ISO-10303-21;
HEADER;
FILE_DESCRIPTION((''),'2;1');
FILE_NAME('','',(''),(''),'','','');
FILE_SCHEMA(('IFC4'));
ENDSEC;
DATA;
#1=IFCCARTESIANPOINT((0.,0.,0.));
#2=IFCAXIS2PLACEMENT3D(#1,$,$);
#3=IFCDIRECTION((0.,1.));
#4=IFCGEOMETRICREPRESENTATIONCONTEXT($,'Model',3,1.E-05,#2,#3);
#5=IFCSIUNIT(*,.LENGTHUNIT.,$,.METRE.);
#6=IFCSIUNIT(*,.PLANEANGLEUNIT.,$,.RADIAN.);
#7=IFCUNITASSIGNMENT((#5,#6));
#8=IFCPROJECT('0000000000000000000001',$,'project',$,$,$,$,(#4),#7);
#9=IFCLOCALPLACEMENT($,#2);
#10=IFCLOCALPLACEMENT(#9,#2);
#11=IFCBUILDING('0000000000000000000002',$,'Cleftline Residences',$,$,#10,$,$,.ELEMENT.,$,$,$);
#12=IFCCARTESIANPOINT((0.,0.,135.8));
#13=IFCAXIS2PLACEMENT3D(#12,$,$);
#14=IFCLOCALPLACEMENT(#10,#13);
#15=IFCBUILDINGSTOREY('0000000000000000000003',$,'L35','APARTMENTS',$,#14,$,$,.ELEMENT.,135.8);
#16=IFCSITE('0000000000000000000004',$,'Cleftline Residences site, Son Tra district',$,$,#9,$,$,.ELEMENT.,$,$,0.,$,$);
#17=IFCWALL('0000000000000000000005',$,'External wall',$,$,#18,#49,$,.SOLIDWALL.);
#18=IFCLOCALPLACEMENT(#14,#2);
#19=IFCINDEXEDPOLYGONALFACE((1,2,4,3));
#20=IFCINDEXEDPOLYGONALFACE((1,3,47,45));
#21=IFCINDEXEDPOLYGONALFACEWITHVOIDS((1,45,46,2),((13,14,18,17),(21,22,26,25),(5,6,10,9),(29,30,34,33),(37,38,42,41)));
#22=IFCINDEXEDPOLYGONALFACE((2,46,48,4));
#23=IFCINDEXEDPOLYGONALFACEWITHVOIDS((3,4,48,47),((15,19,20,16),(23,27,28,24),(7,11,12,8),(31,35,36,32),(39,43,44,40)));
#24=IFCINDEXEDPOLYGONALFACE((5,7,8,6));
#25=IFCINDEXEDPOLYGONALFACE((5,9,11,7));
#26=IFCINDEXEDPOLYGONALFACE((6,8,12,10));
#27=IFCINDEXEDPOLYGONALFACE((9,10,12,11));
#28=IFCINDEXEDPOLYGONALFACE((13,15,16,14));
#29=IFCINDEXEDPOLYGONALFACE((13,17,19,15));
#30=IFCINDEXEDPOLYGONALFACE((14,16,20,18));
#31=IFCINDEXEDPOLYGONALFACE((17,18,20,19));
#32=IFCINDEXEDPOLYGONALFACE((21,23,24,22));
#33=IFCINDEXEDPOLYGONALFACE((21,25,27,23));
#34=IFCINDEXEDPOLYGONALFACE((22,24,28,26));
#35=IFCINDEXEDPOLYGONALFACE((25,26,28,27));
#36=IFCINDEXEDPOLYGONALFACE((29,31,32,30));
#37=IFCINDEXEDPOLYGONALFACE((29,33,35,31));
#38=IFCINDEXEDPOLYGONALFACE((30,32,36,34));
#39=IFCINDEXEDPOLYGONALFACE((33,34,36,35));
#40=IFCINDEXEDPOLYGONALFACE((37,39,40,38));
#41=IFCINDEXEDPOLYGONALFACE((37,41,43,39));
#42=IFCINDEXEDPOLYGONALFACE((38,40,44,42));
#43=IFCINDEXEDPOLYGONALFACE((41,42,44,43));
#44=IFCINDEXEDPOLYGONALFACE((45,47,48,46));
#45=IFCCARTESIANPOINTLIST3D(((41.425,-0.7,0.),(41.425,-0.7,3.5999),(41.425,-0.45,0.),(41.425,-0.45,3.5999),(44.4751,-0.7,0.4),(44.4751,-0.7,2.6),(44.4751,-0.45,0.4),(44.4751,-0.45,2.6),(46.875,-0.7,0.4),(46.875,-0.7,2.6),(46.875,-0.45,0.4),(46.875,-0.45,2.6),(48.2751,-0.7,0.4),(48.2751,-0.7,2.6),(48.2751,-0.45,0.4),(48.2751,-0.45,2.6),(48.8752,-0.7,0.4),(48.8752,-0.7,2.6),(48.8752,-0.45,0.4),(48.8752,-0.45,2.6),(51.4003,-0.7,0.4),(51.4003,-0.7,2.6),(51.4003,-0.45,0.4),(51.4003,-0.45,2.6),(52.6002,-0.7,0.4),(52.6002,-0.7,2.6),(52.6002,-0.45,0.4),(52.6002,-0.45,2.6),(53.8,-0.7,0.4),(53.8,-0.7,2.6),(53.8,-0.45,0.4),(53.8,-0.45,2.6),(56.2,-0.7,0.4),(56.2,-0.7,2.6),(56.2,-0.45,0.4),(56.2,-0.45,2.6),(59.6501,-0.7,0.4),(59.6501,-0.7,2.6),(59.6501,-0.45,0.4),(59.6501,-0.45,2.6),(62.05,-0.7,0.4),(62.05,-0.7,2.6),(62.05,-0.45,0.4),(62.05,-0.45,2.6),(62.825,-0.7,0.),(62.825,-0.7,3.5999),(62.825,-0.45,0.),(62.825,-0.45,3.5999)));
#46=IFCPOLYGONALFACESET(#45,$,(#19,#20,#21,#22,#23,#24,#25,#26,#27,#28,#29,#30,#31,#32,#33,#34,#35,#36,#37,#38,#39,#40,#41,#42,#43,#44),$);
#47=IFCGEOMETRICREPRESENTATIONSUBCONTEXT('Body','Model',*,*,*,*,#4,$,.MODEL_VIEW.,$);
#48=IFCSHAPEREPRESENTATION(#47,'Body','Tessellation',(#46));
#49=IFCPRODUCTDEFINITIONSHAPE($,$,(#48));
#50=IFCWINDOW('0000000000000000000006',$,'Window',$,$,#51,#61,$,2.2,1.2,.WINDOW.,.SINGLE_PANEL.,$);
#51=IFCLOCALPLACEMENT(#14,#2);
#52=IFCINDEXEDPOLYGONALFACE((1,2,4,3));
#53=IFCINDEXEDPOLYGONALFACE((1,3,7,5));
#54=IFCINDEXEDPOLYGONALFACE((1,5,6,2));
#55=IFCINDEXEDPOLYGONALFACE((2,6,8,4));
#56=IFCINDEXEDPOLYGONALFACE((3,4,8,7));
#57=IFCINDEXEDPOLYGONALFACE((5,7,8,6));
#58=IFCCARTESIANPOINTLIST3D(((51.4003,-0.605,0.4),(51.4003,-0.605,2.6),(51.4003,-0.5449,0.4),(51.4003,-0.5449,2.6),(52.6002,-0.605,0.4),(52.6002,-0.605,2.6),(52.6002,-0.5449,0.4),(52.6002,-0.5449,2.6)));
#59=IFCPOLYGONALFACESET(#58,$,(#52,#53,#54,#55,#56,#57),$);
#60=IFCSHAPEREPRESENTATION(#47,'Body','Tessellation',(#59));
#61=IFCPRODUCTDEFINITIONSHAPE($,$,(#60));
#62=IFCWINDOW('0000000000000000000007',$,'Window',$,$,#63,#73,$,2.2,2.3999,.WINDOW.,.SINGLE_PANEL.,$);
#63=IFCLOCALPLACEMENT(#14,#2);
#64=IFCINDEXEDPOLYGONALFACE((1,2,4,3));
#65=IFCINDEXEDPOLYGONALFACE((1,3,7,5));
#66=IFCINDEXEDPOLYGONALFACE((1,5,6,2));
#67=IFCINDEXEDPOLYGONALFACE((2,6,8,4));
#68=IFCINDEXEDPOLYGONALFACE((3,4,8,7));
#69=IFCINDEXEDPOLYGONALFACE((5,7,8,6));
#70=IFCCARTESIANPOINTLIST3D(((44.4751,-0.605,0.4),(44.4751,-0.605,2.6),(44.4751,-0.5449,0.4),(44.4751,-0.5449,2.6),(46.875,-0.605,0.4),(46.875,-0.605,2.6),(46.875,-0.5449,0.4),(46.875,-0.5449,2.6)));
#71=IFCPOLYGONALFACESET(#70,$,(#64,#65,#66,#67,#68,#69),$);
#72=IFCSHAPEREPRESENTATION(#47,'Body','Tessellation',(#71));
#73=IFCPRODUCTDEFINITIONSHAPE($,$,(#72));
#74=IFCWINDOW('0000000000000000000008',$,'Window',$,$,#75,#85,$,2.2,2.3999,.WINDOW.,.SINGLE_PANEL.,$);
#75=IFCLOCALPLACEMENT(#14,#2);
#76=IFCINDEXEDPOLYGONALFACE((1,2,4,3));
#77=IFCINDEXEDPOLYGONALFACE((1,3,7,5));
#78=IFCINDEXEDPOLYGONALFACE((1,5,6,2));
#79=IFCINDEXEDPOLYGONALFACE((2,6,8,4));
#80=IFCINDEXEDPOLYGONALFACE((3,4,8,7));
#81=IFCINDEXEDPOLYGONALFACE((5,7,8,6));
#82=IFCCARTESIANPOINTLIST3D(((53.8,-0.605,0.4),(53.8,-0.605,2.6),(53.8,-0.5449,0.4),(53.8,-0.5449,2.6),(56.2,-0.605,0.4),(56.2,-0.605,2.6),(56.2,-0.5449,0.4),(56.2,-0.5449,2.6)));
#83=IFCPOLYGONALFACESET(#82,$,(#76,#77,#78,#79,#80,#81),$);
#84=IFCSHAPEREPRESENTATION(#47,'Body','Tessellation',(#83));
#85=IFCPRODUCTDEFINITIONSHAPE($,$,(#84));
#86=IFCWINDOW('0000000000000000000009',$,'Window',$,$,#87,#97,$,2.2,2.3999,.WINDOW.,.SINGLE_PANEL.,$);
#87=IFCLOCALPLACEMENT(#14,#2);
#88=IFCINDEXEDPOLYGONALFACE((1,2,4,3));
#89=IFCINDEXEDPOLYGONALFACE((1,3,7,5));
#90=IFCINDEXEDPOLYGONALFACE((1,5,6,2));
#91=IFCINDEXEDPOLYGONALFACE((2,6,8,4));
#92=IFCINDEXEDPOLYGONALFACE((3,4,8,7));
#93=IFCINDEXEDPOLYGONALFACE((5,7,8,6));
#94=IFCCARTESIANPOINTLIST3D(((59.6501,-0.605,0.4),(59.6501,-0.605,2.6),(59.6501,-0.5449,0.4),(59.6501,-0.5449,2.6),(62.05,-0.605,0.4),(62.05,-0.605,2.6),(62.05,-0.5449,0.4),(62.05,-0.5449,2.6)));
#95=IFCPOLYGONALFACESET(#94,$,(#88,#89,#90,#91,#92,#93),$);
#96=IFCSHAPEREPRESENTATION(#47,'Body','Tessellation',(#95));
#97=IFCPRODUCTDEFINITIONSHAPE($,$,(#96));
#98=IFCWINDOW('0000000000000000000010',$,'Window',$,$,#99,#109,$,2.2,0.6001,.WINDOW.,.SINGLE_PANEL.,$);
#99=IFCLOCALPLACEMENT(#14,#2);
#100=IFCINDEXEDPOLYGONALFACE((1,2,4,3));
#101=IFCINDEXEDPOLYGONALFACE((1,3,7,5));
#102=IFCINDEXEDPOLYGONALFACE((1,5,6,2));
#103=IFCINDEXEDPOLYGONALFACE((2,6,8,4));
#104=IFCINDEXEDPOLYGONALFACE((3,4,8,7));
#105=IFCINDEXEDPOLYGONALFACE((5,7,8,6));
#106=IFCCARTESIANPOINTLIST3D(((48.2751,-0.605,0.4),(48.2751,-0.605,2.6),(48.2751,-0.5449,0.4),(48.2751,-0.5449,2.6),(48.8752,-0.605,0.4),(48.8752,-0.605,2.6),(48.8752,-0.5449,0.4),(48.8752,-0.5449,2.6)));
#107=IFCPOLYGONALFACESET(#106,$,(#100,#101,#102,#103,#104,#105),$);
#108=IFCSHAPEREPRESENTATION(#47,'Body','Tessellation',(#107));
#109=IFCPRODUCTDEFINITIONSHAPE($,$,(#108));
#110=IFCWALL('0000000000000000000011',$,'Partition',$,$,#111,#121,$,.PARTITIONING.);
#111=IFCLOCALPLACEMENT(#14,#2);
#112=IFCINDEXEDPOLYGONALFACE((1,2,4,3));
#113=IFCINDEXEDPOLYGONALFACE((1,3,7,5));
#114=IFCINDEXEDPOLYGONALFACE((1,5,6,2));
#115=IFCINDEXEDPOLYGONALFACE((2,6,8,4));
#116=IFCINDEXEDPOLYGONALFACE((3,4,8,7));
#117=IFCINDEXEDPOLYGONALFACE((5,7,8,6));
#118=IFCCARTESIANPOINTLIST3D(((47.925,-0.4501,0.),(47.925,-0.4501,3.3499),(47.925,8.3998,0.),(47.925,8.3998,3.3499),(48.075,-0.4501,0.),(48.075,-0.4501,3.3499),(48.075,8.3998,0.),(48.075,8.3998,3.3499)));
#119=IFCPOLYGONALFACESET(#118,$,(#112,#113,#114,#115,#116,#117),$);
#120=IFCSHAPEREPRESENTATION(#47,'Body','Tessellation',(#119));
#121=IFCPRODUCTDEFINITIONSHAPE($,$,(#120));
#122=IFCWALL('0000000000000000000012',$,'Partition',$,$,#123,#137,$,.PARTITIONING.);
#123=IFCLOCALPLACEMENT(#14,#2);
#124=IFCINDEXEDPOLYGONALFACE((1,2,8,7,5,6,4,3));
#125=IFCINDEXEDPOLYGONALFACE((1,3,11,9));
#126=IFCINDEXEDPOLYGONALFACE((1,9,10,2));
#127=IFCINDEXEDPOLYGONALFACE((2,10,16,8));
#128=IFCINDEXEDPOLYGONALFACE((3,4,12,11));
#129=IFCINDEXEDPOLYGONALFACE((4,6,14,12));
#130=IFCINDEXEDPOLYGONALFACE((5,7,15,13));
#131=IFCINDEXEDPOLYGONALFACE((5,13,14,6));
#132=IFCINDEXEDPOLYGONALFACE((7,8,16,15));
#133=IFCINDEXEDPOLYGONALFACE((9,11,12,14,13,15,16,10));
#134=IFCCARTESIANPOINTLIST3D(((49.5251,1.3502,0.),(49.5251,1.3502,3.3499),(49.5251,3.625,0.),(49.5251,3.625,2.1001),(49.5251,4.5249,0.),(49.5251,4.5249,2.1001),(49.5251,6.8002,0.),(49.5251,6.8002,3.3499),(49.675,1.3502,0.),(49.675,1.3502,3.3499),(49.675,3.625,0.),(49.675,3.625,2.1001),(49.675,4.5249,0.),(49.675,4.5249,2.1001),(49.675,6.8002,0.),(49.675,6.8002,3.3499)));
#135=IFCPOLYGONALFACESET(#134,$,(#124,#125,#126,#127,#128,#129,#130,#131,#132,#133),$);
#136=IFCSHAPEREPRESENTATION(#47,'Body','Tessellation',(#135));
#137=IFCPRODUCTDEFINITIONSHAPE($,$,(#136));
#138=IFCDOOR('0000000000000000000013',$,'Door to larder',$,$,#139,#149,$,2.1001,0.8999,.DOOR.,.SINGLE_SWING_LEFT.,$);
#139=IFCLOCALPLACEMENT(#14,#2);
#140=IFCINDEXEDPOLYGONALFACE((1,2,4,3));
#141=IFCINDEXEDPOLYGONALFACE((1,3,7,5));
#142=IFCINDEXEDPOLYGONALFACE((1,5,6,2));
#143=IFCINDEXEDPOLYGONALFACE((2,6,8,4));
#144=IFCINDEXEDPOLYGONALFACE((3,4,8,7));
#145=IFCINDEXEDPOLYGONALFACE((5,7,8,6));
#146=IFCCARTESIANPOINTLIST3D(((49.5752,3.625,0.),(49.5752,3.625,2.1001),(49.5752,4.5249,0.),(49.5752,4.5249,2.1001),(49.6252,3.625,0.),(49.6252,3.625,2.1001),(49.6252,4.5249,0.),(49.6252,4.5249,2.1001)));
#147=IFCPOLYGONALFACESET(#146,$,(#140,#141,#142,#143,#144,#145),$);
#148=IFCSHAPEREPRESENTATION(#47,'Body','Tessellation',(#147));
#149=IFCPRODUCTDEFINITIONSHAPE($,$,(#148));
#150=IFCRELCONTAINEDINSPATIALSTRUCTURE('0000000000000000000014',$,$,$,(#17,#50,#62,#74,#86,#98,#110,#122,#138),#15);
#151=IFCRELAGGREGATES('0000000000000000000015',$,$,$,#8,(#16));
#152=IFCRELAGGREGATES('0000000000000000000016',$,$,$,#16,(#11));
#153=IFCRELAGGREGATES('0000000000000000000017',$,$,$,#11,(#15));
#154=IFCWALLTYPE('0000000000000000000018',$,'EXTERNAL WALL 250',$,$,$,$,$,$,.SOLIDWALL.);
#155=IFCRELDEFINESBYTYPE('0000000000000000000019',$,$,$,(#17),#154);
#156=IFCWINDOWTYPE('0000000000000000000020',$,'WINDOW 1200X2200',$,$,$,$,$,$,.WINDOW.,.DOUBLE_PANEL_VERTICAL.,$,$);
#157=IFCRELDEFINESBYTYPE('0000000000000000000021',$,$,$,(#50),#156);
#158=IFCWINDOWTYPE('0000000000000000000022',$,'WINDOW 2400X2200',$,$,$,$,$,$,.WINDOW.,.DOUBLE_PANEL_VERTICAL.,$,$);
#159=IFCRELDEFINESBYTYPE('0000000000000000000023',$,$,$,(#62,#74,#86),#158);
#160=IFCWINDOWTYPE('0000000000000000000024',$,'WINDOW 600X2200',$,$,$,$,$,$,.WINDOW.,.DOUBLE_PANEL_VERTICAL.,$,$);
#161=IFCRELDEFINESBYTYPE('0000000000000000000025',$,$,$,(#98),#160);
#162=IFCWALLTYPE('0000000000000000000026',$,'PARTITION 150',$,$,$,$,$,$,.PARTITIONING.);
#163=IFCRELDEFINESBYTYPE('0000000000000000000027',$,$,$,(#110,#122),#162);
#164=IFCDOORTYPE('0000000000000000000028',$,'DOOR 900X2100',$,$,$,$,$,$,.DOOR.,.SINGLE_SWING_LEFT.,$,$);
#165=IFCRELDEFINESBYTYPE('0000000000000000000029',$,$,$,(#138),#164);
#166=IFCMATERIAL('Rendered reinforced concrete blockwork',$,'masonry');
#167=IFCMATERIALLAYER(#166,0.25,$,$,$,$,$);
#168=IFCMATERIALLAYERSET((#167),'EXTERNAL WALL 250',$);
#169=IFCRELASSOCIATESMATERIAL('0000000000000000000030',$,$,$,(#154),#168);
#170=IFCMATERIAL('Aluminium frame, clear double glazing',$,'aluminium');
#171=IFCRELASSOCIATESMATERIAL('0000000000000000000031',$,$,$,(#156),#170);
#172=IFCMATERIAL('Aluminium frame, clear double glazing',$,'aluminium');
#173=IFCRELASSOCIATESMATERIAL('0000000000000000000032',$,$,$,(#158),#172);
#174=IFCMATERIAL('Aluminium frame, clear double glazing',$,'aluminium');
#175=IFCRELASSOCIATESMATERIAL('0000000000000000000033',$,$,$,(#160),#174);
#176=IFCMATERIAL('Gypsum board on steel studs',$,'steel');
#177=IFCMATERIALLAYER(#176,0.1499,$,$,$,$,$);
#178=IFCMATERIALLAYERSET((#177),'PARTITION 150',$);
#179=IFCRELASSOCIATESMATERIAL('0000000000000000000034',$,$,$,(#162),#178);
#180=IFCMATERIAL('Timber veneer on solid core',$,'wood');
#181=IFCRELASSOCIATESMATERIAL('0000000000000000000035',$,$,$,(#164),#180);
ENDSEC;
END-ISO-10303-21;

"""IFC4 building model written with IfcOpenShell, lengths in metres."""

from ifc_helpers import new_model, si_unit, direction, frame, frame_2d, origin, place, context, subcontext, project, spatial, rectangle, extrude, material, layer, layer_set, type_object, element, fill, save


model = new_model("IFC4")

# Units and contexts
model_context = context("Model", 3, precision=1e-05, world=origin(), true_north=direction((0.0, 1.0)))
body_context = subcontext(model_context, "Body", "Model", "MODEL_VIEW")
ifc_project = project(units=[si_unit("LENGTHUNIT", "METRE"), si_unit("PLANEANGLEUNIT", "RADIAN")], contexts=[model_context])

# Site, building, storey
site_placement = place(None, origin())
site = spatial("IfcSite", under=ifc_project, at=site_placement, Name="Cleftline Residences site, Son Tra district", CompositionType="ELEMENT", RefElevation=0.0)
building_placement = place(site_placement, origin())
building = spatial("IfcBuilding", under=site, at=building_placement, Name="Cleftline Residences", CompositionType="ELEMENT")
storey_placement = place(building_placement, frame((0.0, 0.0, 135.8)))
storey = spatial("IfcBuildingStorey", under=building, at=storey_placement, Name="L35", Description="APARTMENTS", CompositionType="ELEMENT", Elevation=135.8)

# Wall, openings, windows
ifc_material_1 = material(Name="Rendered reinforced concrete blockwork", Category="masonry")
ifc_layer_1 = layer(ifc_material_1, 0.25)
ifc_layer_set_1 = layer_set([ifc_layer_1], Name="EXTERNAL WALL 250")
wall_type_1 = type_object("IfcWallType", Name="EXTERNAL WALL 250", PredefinedType="SOLIDWALL", material=ifc_layer_set_1)
wall_1_placement = place(storey_placement, frame((41.425, -0.575, 0.0), z_axis=(0.0, 0.0, 1.0), x_axis=(1.0, 0.0, 0.0)))
wall_1 = element("IfcWall", 1, at=wall_1_placement, inside=storey, type_object=wall_type_1, Name="External wall", PredefinedType="SOLIDWALL", context=body_context, shape_type="SweptSolid", body=[
    extrude(rectangle(XDim=21.3999, YDim=0.25, at=frame_2d((10.7, 0.0))), origin(), (0.0, 0.0, 1.0), 3.5999),
])
opening_1_placement = place(wall_1_placement, frame((3.05, 0.0, 0.3999)))
opening_1 = element("IfcOpeningElement", 2, at=opening_1_placement, cuts=wall_1, PredefinedType="OPENING", context=body_context, shape_type="SweptSolid", body=[
    extrude(rectangle(XDim=2.3999, YDim=2.2, at=frame_2d((1.2, 1.1001))), frame((0.0, 0.135, 0.0), z_axis=(0.0, -1.0, 0.0), x_axis=(1.0, 0.0, 0.0)), (0.0, 0.0, 1.0), 0.27),
])
opening_2_placement = place(wall_1_placement, frame((6.8501, 0.0, 0.3999)))
opening_2 = element("IfcOpeningElement", 3, at=opening_2_placement, cuts=wall_1, PredefinedType="OPENING", context=body_context, shape_type="SweptSolid", body=[
    extrude(rectangle(XDim=0.6001, YDim=2.2, at=frame_2d((0.3, 1.1001))), frame((0.0, 0.135, 0.0), z_axis=(0.0, -1.0, 0.0), x_axis=(1.0, 0.0, 0.0)), (0.0, 0.0, 1.0), 0.27),
])
opening_3_placement = place(wall_1_placement, frame((9.9751, 0.0, 0.3999)))
opening_3 = element("IfcOpeningElement", 4, at=opening_3_placement, cuts=wall_1, PredefinedType="OPENING", context=body_context, shape_type="SweptSolid", body=[
    extrude(rectangle(XDim=1.2, YDim=2.2, at=frame_2d((0.6001, 1.1001))), frame((0.0, 0.135, 0.0), z_axis=(0.0, -1.0, 0.0), x_axis=(1.0, 0.0, 0.0)), (0.0, 0.0, 1.0), 0.27),
])
opening_4_placement = place(wall_1_placement, frame((12.375, 0.0, 0.3999)))
opening_4 = element("IfcOpeningElement", 5, at=opening_4_placement, cuts=wall_1, PredefinedType="OPENING", context=body_context, shape_type="SweptSolid", body=[
    extrude(rectangle(XDim=2.3999, YDim=2.2, at=frame_2d((1.2, 1.1001))), frame((0.0, 0.135, 0.0), z_axis=(0.0, -1.0, 0.0), x_axis=(1.0, 0.0, 0.0)), (0.0, 0.0, 1.0), 0.27),
])
opening_5_placement = place(wall_1_placement, frame((18.2251, 0.0, 0.3999)))
opening_5 = element("IfcOpeningElement", 6, at=opening_5_placement, cuts=wall_1, PredefinedType="OPENING", context=body_context, shape_type="SweptSolid", body=[
    extrude(rectangle(XDim=2.3999, YDim=2.2, at=frame_2d((1.2, 1.1001))), frame((0.0, 0.135, 0.0), z_axis=(0.0, -1.0, 0.0), x_axis=(1.0, 0.0, 0.0)), (0.0, 0.0, 1.0), 0.27),
])
ifc_material_2 = material(Name="Aluminium frame, clear double glazing", Category="aluminium")
window_type_1 = type_object("IfcWindowType", Name="WINDOW 1200X2200", PartitioningType="DOUBLE_PANEL_VERTICAL", PredefinedType="WINDOW", material=ifc_material_2)
window_1_placement = place(opening_3_placement, origin())
window_1 = element("IfcWindow", 7, at=window_1_placement, inside=storey, type_object=window_type_1, Name="Window", OverallHeight=2.2, OverallWidth=1.2, PartitioningType="SINGLE_PANEL", PredefinedType="WINDOW", context=body_context, shape_type="SweptSolid", body=[
    extrude(rectangle(XDim=1.2, YDim=2.2, at=frame_2d((0.6001, 1.1001))), frame((0.0, 0.03, 0.0), z_axis=(0.0, -1.0, 0.0), x_axis=(1.0, 0.0, 0.0)), (0.0, 0.0, 1.0), 0.0601),
])
fill(opening_3, window_1)
ifc_material_3 = material(Name="Aluminium frame, clear double glazing", Category="aluminium")
window_type_2 = type_object("IfcWindowType", Name="WINDOW 2400X2200", PartitioningType="DOUBLE_PANEL_VERTICAL", PredefinedType="WINDOW", material=ifc_material_3)
window_2_placement = place(opening_1_placement, origin())
window_2 = element("IfcWindow", 8, at=window_2_placement, inside=storey, type_object=window_type_2, Name="Window", OverallHeight=2.2, OverallWidth=2.3999, PartitioningType="SINGLE_PANEL", PredefinedType="WINDOW", context=body_context, shape_type="SweptSolid", body=[
    extrude(rectangle(XDim=2.3999, YDim=2.2, at=frame_2d((1.2, 1.1001))), frame((0.0, 0.03, 0.0), z_axis=(0.0, -1.0, 0.0), x_axis=(1.0, 0.0, 0.0)), (0.0, 0.0, 1.0), 0.0601),
])
fill(opening_1, window_2)
window_3_placement = place(opening_4_placement, origin())
window_3 = element("IfcWindow", 9, at=window_3_placement, inside=storey, type_object=window_type_2, Name="Window", OverallHeight=2.2, OverallWidth=2.3999, PartitioningType="SINGLE_PANEL", PredefinedType="WINDOW", context=body_context, shape_type="SweptSolid", body=[
    extrude(rectangle(XDim=2.3999, YDim=2.2, at=frame_2d((1.2, 1.1001))), frame((0.0, 0.03, 0.0), z_axis=(0.0, -1.0, 0.0), x_axis=(1.0, 0.0, 0.0)), (0.0, 0.0, 1.0), 0.0601),
])
fill(opening_4, window_3)
window_4_placement = place(opening_5_placement, origin())
window_4 = element("IfcWindow", 10, at=window_4_placement, inside=storey, type_object=window_type_2, Name="Window", OverallHeight=2.2, OverallWidth=2.3999, PartitioningType="SINGLE_PANEL", PredefinedType="WINDOW", context=body_context, shape_type="SweptSolid", body=[
    extrude(rectangle(XDim=2.3999, YDim=2.2, at=frame_2d((1.2, 1.1001))), frame((0.0, 0.03, 0.0), z_axis=(0.0, -1.0, 0.0), x_axis=(1.0, 0.0, 0.0)), (0.0, 0.0, 1.0), 0.0601),
])
fill(opening_5, window_4)
ifc_material_4 = material(Name="Aluminium frame, clear double glazing", Category="aluminium")
window_type_3 = type_object("IfcWindowType", Name="WINDOW 600X2200", PartitioningType="DOUBLE_PANEL_VERTICAL", PredefinedType="WINDOW", material=ifc_material_4)
window_5_placement = place(opening_2_placement, origin())
window_5 = element("IfcWindow", 11, at=window_5_placement, inside=storey, type_object=window_type_3, Name="Window", OverallHeight=2.2, OverallWidth=0.6001, PartitioningType="SINGLE_PANEL", PredefinedType="WINDOW", context=body_context, shape_type="SweptSolid", body=[
    extrude(rectangle(XDim=0.6001, YDim=2.2, at=frame_2d((0.3, 1.1001))), frame((0.0, 0.03, 0.0), z_axis=(0.0, -1.0, 0.0), x_axis=(1.0, 0.0, 0.0)), (0.0, 0.0, 1.0), 0.0601),
])
fill(opening_2, window_5)

# Wall
ifc_material_5 = material(Name="Gypsum board on steel studs", Category="steel")
ifc_layer_2 = layer(ifc_material_5, 0.1499)
ifc_layer_set_2 = layer_set([ifc_layer_2], Name="PARTITION 150")
wall_type_2 = type_object("IfcWallType", Name="PARTITION 150", PredefinedType="PARTITIONING", material=ifc_layer_set_2)
wall_2_placement = place(storey_placement, frame((48.0, -0.45, 0.0), z_axis=(0.0, 0.0, 1.0), x_axis=(0.0, 1.0, 0.0)))
element("IfcWall", 12, at=wall_2_placement, inside=storey, type_object=wall_type_2, Name="Partition", PredefinedType="PARTITIONING", context=body_context, shape_type="SweptSolid", body=[
    extrude(rectangle(XDim=8.8499, YDim=0.1499, at=frame_2d((4.4248, 0.0))), origin(), (0.0, 0.0, 1.0), 3.3499),
])

# Wall, opening, door
wall_3_placement = place(storey_placement, frame((49.6001, 1.3501, 0.0), z_axis=(0.0, 0.0, 1.0), x_axis=(0.0, 1.0, 0.0)))
wall_3 = element("IfcWall", 13, at=wall_3_placement, inside=storey, type_object=wall_type_2, Name="Partition", PredefinedType="PARTITIONING", context=body_context, shape_type="SweptSolid", body=[
    extrude(rectangle(XDim=5.45, YDim=0.1499, at=frame_2d((2.7251, 0.0))), origin(), (0.0, 0.0, 1.0), 3.3499),
])
opening_6_placement = place(wall_3_placement, frame((2.2749, 0.0, 0.0)))
opening_6 = element("IfcOpeningElement", 14, at=opening_6_placement, cuts=wall_3, PredefinedType="OPENING", context=body_context, shape_type="SweptSolid", body=[
    extrude(rectangle(XDim=0.8999, YDim=2.1001, at=frame_2d((0.45, 1.05))), frame((0.0, 0.085, 0.0), z_axis=(0.0, -1.0, 0.0), x_axis=(1.0, 0.0, 0.0)), (0.0, 0.0, 1.0), 0.1699),
])
ifc_material_6 = material(Name="Timber veneer on solid core", Category="wood")
door_type = type_object("IfcDoorType", Name="DOOR 900X2100", OperationType="SINGLE_SWING_LEFT", PredefinedType="DOOR", material=ifc_material_6)
door_placement = place(opening_6_placement, origin())
door = element("IfcDoor", 15, at=door_placement, inside=storey, type_object=door_type, Name="Door to larder", OperationType="SINGLE_SWING_LEFT", OverallHeight=2.1001, OverallWidth=0.8999, PredefinedType="DOOR", context=body_context, shape_type="SweptSolid", body=[
    extrude(rectangle(XDim=0.8999, YDim=2.1001, at=frame_2d((0.45, 1.05))), frame((0.0, 0.0249, 0.0), z_axis=(0.0, -1.0, 0.0), x_axis=(1.0, 0.0, 0.0)), (0.0, 0.0, 1.0), 0.05),
])
fill(opening_6, door)

save(model, "model.ifc")
